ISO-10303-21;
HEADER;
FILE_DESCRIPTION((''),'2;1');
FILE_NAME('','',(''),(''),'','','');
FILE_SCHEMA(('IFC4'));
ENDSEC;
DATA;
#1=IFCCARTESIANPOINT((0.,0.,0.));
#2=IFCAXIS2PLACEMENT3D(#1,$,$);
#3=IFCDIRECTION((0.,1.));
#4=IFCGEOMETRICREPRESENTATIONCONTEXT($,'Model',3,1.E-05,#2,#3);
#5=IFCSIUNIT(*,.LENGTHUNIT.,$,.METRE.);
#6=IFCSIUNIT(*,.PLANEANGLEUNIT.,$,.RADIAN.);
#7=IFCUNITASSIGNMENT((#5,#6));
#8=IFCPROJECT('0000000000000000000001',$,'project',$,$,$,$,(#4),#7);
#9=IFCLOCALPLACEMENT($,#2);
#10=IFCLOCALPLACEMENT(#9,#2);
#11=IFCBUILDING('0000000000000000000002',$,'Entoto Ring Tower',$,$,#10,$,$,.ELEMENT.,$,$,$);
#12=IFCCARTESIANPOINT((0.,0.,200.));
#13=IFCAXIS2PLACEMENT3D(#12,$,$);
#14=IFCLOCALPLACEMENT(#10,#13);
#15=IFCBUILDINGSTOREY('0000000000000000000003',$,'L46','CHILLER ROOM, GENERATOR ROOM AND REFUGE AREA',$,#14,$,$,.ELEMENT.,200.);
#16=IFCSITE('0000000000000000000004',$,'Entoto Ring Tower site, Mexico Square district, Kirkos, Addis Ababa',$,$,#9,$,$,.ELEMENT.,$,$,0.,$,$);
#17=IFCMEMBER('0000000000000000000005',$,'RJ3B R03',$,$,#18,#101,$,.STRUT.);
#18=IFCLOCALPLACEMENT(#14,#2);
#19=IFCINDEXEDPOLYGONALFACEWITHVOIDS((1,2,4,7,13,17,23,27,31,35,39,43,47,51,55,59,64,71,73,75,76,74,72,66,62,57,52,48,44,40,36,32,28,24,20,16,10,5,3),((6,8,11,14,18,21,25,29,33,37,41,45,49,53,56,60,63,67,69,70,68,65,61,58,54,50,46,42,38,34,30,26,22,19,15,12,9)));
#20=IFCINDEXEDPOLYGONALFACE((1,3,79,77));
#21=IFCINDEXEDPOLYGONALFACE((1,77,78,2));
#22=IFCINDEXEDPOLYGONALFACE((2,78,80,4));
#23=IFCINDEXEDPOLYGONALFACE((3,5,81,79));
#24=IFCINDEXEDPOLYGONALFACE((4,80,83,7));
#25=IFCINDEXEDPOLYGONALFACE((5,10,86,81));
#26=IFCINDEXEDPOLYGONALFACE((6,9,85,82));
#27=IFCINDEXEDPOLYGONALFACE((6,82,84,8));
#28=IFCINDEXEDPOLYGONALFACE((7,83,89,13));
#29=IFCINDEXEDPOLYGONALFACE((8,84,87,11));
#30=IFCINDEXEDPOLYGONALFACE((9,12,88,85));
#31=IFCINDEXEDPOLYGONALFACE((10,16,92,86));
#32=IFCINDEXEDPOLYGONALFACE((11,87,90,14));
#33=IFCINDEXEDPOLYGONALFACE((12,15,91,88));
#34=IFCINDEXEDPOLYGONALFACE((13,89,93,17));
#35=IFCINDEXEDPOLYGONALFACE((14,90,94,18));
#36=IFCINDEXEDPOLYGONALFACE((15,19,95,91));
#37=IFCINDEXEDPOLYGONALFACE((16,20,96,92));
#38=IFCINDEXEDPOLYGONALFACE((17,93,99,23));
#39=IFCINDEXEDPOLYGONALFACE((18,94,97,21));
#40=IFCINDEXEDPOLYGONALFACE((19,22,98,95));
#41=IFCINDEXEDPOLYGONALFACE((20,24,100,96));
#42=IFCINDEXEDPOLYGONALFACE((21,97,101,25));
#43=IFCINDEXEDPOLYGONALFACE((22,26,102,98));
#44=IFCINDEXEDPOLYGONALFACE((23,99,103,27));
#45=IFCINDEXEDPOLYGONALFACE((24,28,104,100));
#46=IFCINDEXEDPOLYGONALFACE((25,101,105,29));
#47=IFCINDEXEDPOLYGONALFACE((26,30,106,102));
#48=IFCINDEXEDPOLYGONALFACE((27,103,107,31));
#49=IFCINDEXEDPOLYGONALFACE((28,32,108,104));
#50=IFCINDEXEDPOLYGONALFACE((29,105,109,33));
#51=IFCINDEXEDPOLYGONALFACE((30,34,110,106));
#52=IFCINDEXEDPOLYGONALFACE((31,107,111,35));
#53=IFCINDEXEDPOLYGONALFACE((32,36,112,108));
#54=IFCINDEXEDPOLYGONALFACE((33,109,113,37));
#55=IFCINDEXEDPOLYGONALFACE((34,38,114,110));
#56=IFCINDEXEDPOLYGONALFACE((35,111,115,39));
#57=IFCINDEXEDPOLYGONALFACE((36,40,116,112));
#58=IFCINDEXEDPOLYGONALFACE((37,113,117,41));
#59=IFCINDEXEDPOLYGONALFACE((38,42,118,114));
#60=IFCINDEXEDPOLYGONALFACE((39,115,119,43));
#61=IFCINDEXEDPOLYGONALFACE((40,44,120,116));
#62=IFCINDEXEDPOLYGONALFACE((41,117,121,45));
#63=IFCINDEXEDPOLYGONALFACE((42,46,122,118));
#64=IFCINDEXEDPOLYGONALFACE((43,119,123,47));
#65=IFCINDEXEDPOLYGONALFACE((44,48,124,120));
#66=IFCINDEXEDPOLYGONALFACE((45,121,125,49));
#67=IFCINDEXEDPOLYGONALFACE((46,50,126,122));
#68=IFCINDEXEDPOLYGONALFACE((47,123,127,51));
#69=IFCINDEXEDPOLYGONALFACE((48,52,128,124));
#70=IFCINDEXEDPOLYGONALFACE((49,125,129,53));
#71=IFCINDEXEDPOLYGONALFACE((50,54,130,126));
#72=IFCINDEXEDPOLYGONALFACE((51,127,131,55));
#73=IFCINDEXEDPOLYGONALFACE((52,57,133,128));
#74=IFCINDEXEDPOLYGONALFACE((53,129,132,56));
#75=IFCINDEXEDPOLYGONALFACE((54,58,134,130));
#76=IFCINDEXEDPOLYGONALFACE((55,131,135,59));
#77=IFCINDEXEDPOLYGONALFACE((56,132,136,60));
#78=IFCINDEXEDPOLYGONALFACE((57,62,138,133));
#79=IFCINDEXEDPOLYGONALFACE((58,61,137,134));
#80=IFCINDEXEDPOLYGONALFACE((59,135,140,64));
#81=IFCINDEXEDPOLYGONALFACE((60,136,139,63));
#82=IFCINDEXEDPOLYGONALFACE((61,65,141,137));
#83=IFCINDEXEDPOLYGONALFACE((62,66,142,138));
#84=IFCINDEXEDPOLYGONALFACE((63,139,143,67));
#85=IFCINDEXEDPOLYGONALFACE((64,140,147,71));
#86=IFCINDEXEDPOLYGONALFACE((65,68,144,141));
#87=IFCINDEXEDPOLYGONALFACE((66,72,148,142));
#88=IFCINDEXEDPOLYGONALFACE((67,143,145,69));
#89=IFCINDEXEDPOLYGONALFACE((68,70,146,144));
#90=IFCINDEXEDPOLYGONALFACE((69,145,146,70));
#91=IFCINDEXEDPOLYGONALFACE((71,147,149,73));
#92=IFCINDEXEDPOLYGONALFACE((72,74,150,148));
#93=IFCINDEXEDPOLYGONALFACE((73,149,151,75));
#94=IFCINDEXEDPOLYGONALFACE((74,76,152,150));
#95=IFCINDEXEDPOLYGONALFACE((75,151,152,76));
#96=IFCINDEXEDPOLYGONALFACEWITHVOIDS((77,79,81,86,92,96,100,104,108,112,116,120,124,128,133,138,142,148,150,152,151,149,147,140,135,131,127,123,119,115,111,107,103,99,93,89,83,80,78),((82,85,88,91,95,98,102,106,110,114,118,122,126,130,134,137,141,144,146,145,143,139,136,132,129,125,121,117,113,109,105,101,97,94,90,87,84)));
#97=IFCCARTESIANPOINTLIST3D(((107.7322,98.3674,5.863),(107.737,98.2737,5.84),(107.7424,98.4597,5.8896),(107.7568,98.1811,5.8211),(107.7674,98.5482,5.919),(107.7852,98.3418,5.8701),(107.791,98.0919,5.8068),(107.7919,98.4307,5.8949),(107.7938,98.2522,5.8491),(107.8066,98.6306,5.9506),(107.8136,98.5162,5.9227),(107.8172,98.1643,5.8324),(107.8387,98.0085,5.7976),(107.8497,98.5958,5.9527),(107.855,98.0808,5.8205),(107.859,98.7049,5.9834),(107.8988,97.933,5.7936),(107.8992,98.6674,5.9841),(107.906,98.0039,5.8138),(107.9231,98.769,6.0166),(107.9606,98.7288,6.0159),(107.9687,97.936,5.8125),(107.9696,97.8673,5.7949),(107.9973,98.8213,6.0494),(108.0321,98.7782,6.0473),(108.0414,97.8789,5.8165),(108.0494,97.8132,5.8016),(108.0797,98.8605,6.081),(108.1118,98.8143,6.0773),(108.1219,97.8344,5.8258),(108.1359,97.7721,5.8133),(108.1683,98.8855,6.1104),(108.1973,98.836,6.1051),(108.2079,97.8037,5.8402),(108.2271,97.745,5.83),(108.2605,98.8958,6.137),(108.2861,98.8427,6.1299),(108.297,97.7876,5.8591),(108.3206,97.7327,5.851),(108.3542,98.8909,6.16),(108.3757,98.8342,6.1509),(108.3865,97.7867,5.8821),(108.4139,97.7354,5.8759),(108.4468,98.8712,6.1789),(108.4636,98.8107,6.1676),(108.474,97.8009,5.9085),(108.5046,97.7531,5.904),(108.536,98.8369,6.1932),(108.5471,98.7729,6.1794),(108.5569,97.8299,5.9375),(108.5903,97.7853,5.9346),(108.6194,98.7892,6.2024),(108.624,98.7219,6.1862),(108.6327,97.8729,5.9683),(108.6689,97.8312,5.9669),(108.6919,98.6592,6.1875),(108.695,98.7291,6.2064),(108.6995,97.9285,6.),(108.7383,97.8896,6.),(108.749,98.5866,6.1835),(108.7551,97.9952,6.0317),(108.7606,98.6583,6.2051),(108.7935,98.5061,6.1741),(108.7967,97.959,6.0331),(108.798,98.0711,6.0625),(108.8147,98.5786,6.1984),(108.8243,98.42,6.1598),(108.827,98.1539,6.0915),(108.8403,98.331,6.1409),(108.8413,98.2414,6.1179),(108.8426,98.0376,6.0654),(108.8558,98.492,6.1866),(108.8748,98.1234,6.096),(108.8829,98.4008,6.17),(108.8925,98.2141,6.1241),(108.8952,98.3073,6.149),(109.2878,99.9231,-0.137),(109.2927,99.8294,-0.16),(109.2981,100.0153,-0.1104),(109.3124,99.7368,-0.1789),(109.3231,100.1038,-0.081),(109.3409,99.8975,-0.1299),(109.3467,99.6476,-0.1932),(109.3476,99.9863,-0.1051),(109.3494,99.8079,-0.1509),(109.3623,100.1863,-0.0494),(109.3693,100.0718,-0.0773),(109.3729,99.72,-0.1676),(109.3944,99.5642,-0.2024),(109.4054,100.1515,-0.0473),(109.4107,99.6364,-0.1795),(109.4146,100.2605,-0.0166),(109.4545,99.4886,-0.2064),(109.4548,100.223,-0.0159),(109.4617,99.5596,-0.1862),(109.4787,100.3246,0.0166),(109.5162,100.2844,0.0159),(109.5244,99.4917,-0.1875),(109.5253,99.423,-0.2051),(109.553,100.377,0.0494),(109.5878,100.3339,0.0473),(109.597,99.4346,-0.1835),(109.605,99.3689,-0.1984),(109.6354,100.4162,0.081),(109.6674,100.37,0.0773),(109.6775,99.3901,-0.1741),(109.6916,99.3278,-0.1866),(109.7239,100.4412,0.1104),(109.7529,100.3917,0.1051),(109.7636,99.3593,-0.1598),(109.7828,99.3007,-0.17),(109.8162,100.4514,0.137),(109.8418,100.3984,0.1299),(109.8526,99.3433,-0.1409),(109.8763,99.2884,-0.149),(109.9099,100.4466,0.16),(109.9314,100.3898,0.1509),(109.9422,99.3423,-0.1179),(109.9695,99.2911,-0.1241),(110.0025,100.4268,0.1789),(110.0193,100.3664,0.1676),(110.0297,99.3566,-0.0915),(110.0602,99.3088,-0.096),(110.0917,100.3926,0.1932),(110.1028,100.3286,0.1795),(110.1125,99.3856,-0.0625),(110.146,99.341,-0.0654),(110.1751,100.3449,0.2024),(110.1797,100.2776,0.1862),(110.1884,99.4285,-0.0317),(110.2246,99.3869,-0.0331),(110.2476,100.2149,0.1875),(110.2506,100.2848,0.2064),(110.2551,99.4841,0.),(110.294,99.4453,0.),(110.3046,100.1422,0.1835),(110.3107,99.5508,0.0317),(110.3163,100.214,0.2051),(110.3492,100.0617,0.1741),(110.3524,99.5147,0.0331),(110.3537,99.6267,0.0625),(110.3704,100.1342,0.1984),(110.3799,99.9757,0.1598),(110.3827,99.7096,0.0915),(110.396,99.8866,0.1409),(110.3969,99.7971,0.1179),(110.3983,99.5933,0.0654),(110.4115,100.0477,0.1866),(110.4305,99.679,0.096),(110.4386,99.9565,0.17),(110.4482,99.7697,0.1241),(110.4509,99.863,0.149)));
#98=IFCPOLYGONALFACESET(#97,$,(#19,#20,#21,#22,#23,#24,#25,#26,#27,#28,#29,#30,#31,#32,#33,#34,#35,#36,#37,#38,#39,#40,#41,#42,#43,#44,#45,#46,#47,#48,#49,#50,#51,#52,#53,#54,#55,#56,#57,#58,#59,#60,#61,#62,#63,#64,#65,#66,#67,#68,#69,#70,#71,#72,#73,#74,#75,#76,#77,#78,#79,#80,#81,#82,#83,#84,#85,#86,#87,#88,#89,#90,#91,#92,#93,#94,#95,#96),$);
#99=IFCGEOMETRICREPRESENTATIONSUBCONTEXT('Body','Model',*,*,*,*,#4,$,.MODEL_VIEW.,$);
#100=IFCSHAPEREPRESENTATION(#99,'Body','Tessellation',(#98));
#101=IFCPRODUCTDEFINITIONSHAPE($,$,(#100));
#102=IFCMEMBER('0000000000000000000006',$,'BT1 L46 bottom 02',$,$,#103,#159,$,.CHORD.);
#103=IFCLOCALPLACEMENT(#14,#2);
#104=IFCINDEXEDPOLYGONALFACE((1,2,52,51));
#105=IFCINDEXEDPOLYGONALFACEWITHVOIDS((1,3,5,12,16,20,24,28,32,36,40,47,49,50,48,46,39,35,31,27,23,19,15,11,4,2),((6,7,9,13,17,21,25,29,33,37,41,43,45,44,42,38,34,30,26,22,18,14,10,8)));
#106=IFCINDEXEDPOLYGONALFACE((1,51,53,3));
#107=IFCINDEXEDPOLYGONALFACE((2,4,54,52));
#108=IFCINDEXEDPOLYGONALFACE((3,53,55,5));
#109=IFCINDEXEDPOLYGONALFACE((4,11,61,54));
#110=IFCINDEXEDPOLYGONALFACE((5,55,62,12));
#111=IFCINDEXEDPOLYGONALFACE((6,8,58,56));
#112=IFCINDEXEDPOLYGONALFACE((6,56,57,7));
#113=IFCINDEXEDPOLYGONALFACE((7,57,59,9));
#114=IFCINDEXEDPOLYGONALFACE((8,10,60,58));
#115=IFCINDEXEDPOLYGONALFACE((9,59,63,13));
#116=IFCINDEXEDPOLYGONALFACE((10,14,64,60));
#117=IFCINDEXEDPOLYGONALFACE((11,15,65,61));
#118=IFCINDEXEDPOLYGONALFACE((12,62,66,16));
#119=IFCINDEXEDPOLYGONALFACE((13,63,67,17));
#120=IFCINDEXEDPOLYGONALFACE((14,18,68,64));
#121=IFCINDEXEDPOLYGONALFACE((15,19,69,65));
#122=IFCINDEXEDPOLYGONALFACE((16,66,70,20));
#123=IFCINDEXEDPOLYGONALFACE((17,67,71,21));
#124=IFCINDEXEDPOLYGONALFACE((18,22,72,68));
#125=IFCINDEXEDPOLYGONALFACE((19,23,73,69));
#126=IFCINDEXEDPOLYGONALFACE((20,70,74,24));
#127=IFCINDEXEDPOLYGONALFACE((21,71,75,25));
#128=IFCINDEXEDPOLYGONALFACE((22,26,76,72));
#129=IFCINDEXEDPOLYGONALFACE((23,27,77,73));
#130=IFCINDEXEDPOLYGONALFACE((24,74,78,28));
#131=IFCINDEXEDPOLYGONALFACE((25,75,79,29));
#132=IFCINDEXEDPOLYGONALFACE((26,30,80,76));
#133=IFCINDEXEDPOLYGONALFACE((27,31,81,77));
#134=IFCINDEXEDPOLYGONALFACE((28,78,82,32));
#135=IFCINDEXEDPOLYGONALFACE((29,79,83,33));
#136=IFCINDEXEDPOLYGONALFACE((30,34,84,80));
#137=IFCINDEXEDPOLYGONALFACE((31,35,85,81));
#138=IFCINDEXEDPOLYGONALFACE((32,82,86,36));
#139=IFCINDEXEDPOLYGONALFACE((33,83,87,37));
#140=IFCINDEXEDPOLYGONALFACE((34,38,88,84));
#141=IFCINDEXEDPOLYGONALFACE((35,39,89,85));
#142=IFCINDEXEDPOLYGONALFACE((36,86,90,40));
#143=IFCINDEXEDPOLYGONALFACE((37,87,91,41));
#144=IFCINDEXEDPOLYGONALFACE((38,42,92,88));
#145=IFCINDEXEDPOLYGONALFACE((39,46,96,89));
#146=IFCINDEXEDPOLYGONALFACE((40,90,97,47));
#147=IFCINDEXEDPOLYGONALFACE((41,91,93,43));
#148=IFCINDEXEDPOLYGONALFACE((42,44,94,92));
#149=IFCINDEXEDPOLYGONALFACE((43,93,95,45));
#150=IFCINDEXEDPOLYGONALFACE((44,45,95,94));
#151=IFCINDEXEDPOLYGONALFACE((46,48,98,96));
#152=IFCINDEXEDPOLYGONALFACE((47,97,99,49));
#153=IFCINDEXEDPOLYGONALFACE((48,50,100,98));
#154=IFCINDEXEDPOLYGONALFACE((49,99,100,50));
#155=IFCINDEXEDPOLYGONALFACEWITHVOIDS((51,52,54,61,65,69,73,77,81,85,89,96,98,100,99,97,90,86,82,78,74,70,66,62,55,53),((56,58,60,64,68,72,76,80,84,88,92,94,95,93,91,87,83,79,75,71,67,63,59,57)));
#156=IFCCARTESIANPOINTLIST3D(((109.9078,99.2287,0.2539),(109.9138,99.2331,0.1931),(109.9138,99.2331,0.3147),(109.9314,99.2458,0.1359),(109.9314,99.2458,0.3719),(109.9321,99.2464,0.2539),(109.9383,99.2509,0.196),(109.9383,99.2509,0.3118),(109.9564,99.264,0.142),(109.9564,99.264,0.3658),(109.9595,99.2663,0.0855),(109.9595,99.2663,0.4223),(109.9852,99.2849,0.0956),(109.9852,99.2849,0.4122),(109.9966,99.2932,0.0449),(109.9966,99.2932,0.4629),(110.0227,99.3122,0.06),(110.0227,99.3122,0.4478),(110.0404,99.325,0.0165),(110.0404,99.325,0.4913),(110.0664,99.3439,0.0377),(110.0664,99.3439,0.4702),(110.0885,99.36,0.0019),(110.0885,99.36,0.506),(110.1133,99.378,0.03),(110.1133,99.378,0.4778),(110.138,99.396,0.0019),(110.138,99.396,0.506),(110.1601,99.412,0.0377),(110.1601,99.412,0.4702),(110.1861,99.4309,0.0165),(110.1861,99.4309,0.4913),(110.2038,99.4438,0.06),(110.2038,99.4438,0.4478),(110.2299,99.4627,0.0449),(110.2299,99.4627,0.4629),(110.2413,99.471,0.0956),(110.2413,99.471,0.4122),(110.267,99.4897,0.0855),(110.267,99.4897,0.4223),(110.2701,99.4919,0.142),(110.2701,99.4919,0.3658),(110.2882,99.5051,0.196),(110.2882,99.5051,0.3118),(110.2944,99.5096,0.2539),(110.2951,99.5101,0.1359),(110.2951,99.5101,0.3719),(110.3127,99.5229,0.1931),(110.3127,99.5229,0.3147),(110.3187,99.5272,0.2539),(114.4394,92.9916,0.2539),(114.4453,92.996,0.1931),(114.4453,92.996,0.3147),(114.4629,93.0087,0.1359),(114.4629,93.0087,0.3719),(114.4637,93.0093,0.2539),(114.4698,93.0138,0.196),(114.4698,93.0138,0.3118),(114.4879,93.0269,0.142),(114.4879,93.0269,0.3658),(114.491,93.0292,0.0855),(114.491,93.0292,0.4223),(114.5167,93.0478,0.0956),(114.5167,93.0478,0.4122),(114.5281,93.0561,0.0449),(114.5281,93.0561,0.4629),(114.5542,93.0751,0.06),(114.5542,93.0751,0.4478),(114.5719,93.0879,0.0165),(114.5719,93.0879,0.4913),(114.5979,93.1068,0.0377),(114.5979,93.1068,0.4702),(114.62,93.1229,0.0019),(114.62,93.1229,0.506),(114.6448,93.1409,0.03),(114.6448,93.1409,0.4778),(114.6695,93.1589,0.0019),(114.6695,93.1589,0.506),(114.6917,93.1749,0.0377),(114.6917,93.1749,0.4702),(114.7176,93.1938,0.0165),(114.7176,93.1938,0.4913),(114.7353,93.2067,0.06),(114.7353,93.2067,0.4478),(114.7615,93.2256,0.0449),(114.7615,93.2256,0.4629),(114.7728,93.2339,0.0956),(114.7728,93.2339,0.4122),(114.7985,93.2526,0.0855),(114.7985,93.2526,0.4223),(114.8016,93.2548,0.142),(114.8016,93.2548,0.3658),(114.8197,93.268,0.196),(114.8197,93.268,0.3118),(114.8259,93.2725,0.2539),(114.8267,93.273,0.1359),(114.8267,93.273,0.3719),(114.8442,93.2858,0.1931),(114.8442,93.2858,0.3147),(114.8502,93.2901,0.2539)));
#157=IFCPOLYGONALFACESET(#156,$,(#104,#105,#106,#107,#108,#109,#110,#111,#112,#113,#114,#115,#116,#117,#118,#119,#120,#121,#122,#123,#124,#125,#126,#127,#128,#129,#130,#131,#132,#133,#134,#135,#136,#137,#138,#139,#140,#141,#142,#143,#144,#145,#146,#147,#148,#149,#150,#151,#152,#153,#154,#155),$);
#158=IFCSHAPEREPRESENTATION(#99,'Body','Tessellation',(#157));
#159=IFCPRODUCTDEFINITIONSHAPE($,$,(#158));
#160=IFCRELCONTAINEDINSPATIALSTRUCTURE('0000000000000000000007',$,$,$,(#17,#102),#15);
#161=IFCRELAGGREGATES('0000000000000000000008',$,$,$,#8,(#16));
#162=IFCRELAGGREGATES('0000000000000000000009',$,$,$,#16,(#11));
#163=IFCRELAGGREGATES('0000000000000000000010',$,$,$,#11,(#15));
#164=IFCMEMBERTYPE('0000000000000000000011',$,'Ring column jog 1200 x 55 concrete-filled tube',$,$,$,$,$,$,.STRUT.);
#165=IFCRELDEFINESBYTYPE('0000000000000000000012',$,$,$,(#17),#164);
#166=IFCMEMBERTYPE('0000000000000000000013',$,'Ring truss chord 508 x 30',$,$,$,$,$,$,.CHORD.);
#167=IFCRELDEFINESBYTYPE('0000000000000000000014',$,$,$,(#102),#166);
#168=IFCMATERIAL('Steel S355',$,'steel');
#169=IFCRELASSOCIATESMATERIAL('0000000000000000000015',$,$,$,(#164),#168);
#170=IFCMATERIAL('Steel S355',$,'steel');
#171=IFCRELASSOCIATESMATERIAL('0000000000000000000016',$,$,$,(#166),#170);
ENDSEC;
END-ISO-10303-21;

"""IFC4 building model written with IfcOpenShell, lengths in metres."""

from ifc_helpers import new_model, si_unit, direction, frame, origin, origin_2d, place, context, subcontext, project, spatial, circle, hollow_circle, extrude, material, material_profile, profile_set, type_object, element, save


model = new_model("IFC4")

# Units and contexts
model_context = context("Model", 3, precision=1e-05, world=origin(), true_north=direction((0.0, 1.0)))
body_context = subcontext(model_context, "Body", "Model", "MODEL_VIEW")
ifc_project = project(units=[si_unit("LENGTHUNIT", "METRE"), si_unit("PLANEANGLEUNIT", "RADIAN")], contexts=[model_context])

# Site, building, storey
site_placement = place(None, origin())
site = spatial("IfcSite", under=ifc_project, at=site_placement, Name="Entoto Ring Tower site, Mexico Square district, Kirkos, Addis Ababa", CompositionType="ELEMENT", RefElevation=0.0)
building_placement = place(site_placement, origin())
building = spatial("IfcBuilding", under=site, at=building_placement, Name="Entoto Ring Tower", CompositionType="ELEMENT")
storey_placement = place(building_placement, frame((0.0, 0.0, 200.0)))
storey = spatial("IfcBuildingStorey", under=building, at=storey_placement, Name="L46", Description="CHILLER ROOM, GENERATOR ROOM AND REFUGE AREA", CompositionType="ELEMENT", Elevation=200.0)

# Members
ifc_material_1 = material(Name="Steel S355", Category="steel")
ifc_material_profile_1 = material_profile(ifc_material_1, hollow_circle(Radius=0.6001, WallThickness=0.0549, at=origin_2d()), Name="CHS 1200 x 55")
ifc_material_2 = material(Name="Concrete C60/75", Category="concrete")
ifc_material_profile_2 = material_profile(ifc_material_2, circle(Radius=0.5449, at=origin_2d()), Name="Concrete C60/75 infill")
ifc_profile_set_1 = profile_set([ifc_material_profile_1, ifc_material_profile_2], Name="Steel S355")
member_type_1 = type_object("IfcMemberType", Name="Ring column jog 1200 x 55 concrete-filled tube", PredefinedType="STRUT", material=ifc_profile_set_1)
member_1_placement = place(storey_placement, frame((109.8696, 99.8696, 0.0), z_axis=(-0.243429, -0.243429, 0.938874), x_axis=(0.707107, -0.707107, 0.0)))
element("IfcMember", 1, at=member_1_placement, inside=storey, type_object=member_type_1, Name="RJ3B R03", PredefinedType="STRUT", context=body_context, shape_type="SweptSolid", body=[
    extrude(hollow_circle(Radius=0.6001, WallThickness=0.0549, at=origin_2d()), origin(), (0.0, 0.0, 1.0), 6.3906),
])
ifc_material_3 = material(Name="Steel S355", Category="steel")
ifc_material_profile_3 = material_profile(ifc_material_3, hollow_circle(Radius=0.2539, WallThickness=0.03, at=origin_2d()), Name="CHS 508 x 30")
ifc_material_4 = material(Name="Concrete C60/75", Category="concrete")
ifc_material_profile_4 = material_profile(ifc_material_4, circle(Radius=0.2241, at=origin_2d()), Name="Concrete C60/75 infill")
ifc_profile_set_2 = profile_set([ifc_material_profile_3, ifc_material_profile_4], Name="Steel S355")
member_type_2 = type_object("IfcMemberType", Name="Ring truss chord 508 x 30", PredefinedType="CHORD", material=ifc_profile_set_2)
for number, where, z_axis, x_axis, name in (
    (2, (114.6448, 93.1409, 0.2539), (-0.587786, 0.809017, 0.0), (-0.809017, -0.587786, 0.0), "BT1 L46 bottom 02"),
):
    element("IfcMember", number, at=place(storey_placement, frame(where, z_axis=z_axis, x_axis=x_axis)), inside=storey, type_object=member_type_2, Name=name, PredefinedType="CHORD", context=body_context, shape_type="SweptSolid", body=[
        extrude(hollow_circle(Radius=0.2539, WallThickness=0.03, at=origin_2d()), origin(), (0.0, 0.0, 1.0), 7.7095),
    ])

save(model, "model.ifc")
